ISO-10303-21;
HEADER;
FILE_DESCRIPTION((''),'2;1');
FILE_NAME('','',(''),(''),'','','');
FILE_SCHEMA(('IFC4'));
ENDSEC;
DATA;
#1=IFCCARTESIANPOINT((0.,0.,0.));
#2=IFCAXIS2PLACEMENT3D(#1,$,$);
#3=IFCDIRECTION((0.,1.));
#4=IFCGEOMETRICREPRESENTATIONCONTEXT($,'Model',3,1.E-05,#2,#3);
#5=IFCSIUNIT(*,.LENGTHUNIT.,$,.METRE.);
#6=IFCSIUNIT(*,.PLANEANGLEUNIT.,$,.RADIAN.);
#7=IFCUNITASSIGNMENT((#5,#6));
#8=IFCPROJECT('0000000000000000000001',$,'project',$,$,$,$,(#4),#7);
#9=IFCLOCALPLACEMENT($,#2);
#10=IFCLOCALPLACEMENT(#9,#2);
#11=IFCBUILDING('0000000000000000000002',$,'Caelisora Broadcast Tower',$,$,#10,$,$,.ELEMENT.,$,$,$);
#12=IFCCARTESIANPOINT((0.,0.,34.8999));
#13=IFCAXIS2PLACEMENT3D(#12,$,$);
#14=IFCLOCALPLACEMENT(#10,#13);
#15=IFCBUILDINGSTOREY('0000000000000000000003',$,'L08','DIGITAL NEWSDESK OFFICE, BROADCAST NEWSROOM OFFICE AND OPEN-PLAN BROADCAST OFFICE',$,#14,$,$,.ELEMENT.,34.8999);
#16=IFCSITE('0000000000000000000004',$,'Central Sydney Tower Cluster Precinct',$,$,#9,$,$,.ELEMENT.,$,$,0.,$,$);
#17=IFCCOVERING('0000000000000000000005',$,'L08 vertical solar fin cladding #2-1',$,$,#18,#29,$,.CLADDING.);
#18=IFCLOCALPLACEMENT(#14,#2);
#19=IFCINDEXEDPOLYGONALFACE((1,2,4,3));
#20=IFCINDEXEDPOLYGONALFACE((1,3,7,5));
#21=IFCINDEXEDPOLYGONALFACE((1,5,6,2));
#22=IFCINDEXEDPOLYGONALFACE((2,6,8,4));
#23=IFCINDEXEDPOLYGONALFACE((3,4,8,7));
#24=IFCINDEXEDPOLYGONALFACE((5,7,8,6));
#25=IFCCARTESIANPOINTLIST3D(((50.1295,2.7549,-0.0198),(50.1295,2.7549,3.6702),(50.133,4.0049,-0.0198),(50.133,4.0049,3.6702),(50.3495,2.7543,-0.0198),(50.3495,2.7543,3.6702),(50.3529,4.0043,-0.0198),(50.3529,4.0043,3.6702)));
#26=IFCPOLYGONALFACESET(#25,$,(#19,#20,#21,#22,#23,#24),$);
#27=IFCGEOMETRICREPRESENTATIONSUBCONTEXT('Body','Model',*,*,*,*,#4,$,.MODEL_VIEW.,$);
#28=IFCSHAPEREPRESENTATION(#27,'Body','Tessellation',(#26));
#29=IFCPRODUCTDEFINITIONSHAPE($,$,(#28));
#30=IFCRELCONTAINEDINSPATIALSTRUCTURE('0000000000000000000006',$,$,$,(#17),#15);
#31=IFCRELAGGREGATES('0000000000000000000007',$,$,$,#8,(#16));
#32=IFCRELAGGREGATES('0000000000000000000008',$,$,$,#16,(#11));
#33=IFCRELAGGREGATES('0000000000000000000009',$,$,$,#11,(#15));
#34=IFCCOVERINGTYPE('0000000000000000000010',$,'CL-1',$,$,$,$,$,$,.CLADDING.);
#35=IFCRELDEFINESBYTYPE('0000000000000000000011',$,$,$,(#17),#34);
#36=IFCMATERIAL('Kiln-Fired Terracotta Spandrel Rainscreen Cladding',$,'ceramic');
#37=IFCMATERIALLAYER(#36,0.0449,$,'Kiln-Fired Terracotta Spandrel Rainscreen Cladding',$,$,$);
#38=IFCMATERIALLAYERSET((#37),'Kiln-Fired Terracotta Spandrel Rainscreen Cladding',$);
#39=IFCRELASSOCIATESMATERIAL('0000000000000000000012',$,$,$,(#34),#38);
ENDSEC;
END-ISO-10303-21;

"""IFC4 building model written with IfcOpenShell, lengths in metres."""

from ifc_helpers import new_model, si_unit, direction, frame, origin, origin_2d, place, context, subcontext, project, spatial, rectangle, extrude, source, transform, mapped, material, layer, layer_set, type_object, type_shapes, element, save


model = new_model("IFC4")

# Units and contexts
model_context = context("Model", 3, precision=1e-05, world=origin(), true_north=direction((0.0, 1.0)))
body_context = subcontext(model_context, "Body", "Model", "MODEL_VIEW")
ifc_project = project(units=[si_unit("LENGTHUNIT", "METRE"), si_unit("PLANEANGLEUNIT", "RADIAN")], contexts=[model_context])

# Site, building, storey
site_placement = place(None, origin())
site = spatial("IfcSite", under=ifc_project, at=site_placement, Name="Central Sydney Tower Cluster Precinct", CompositionType="ELEMENT", RefElevation=0.0)
building_placement = place(site_placement, origin())
building = spatial("IfcBuilding", under=site, at=building_placement, Name="Caelisora Broadcast Tower", CompositionType="ELEMENT")
storey_placement = place(building_placement, frame((0.0, 0.0, 34.8999)))
storey = spatial("IfcBuildingStorey", under=building, at=storey_placement, Name="L08", Description="DIGITAL NEWSDESK OFFICE, BROADCAST NEWSROOM OFFICE AND OPEN-PLAN BROADCAST OFFICE", CompositionType="ELEMENT", Elevation=34.8999)

# Covering
ifc_material_1 = material(Name="Kiln-Fired Terracotta Spandrel Rainscreen Cladding", Category="ceramic")
ifc_layer_1 = layer(ifc_material_1, 0.0449, Name="Kiln-Fired Terracotta Spandrel Rainscreen Cladding")
ifc_layer_set_1 = layer_set([ifc_layer_1], Name="Kiln-Fired Terracotta Spandrel Rainscreen Cladding")
covering_type = type_object("IfcCoveringType", Name="CL-1", PredefinedType="CLADDING", material=ifc_layer_set_1)
shared_shape_1 = source(origin(), body_context, "Body", "SweptSolid", [
    extrude(rectangle(XDim=0.22, YDim=1.25, at=origin_2d()), origin(), (0.0, 0.0, 1.0), 3.6899),
])
type_shapes(covering_type, [shared_shape_1])
covering_placement = place(storey_placement, frame((50.2412, 3.3796, -0.0198), z_axis=(0.0, 0.0, 1.0), x_axis=(-0.999996, 0.002793, 0.0)))
element("IfcCovering", 1, at=covering_placement, inside=storey, type_object=covering_type, Name="L08 vertical solar fin cladding #2-1", PredefinedType="CLADDING", context=body_context, shape_type="MappedRepresentation", body=[
    mapped(shared_shape_1, transform((0.0, 0.0, 0.0), scale=1.0)),
])

save(model, "model.ifc")
